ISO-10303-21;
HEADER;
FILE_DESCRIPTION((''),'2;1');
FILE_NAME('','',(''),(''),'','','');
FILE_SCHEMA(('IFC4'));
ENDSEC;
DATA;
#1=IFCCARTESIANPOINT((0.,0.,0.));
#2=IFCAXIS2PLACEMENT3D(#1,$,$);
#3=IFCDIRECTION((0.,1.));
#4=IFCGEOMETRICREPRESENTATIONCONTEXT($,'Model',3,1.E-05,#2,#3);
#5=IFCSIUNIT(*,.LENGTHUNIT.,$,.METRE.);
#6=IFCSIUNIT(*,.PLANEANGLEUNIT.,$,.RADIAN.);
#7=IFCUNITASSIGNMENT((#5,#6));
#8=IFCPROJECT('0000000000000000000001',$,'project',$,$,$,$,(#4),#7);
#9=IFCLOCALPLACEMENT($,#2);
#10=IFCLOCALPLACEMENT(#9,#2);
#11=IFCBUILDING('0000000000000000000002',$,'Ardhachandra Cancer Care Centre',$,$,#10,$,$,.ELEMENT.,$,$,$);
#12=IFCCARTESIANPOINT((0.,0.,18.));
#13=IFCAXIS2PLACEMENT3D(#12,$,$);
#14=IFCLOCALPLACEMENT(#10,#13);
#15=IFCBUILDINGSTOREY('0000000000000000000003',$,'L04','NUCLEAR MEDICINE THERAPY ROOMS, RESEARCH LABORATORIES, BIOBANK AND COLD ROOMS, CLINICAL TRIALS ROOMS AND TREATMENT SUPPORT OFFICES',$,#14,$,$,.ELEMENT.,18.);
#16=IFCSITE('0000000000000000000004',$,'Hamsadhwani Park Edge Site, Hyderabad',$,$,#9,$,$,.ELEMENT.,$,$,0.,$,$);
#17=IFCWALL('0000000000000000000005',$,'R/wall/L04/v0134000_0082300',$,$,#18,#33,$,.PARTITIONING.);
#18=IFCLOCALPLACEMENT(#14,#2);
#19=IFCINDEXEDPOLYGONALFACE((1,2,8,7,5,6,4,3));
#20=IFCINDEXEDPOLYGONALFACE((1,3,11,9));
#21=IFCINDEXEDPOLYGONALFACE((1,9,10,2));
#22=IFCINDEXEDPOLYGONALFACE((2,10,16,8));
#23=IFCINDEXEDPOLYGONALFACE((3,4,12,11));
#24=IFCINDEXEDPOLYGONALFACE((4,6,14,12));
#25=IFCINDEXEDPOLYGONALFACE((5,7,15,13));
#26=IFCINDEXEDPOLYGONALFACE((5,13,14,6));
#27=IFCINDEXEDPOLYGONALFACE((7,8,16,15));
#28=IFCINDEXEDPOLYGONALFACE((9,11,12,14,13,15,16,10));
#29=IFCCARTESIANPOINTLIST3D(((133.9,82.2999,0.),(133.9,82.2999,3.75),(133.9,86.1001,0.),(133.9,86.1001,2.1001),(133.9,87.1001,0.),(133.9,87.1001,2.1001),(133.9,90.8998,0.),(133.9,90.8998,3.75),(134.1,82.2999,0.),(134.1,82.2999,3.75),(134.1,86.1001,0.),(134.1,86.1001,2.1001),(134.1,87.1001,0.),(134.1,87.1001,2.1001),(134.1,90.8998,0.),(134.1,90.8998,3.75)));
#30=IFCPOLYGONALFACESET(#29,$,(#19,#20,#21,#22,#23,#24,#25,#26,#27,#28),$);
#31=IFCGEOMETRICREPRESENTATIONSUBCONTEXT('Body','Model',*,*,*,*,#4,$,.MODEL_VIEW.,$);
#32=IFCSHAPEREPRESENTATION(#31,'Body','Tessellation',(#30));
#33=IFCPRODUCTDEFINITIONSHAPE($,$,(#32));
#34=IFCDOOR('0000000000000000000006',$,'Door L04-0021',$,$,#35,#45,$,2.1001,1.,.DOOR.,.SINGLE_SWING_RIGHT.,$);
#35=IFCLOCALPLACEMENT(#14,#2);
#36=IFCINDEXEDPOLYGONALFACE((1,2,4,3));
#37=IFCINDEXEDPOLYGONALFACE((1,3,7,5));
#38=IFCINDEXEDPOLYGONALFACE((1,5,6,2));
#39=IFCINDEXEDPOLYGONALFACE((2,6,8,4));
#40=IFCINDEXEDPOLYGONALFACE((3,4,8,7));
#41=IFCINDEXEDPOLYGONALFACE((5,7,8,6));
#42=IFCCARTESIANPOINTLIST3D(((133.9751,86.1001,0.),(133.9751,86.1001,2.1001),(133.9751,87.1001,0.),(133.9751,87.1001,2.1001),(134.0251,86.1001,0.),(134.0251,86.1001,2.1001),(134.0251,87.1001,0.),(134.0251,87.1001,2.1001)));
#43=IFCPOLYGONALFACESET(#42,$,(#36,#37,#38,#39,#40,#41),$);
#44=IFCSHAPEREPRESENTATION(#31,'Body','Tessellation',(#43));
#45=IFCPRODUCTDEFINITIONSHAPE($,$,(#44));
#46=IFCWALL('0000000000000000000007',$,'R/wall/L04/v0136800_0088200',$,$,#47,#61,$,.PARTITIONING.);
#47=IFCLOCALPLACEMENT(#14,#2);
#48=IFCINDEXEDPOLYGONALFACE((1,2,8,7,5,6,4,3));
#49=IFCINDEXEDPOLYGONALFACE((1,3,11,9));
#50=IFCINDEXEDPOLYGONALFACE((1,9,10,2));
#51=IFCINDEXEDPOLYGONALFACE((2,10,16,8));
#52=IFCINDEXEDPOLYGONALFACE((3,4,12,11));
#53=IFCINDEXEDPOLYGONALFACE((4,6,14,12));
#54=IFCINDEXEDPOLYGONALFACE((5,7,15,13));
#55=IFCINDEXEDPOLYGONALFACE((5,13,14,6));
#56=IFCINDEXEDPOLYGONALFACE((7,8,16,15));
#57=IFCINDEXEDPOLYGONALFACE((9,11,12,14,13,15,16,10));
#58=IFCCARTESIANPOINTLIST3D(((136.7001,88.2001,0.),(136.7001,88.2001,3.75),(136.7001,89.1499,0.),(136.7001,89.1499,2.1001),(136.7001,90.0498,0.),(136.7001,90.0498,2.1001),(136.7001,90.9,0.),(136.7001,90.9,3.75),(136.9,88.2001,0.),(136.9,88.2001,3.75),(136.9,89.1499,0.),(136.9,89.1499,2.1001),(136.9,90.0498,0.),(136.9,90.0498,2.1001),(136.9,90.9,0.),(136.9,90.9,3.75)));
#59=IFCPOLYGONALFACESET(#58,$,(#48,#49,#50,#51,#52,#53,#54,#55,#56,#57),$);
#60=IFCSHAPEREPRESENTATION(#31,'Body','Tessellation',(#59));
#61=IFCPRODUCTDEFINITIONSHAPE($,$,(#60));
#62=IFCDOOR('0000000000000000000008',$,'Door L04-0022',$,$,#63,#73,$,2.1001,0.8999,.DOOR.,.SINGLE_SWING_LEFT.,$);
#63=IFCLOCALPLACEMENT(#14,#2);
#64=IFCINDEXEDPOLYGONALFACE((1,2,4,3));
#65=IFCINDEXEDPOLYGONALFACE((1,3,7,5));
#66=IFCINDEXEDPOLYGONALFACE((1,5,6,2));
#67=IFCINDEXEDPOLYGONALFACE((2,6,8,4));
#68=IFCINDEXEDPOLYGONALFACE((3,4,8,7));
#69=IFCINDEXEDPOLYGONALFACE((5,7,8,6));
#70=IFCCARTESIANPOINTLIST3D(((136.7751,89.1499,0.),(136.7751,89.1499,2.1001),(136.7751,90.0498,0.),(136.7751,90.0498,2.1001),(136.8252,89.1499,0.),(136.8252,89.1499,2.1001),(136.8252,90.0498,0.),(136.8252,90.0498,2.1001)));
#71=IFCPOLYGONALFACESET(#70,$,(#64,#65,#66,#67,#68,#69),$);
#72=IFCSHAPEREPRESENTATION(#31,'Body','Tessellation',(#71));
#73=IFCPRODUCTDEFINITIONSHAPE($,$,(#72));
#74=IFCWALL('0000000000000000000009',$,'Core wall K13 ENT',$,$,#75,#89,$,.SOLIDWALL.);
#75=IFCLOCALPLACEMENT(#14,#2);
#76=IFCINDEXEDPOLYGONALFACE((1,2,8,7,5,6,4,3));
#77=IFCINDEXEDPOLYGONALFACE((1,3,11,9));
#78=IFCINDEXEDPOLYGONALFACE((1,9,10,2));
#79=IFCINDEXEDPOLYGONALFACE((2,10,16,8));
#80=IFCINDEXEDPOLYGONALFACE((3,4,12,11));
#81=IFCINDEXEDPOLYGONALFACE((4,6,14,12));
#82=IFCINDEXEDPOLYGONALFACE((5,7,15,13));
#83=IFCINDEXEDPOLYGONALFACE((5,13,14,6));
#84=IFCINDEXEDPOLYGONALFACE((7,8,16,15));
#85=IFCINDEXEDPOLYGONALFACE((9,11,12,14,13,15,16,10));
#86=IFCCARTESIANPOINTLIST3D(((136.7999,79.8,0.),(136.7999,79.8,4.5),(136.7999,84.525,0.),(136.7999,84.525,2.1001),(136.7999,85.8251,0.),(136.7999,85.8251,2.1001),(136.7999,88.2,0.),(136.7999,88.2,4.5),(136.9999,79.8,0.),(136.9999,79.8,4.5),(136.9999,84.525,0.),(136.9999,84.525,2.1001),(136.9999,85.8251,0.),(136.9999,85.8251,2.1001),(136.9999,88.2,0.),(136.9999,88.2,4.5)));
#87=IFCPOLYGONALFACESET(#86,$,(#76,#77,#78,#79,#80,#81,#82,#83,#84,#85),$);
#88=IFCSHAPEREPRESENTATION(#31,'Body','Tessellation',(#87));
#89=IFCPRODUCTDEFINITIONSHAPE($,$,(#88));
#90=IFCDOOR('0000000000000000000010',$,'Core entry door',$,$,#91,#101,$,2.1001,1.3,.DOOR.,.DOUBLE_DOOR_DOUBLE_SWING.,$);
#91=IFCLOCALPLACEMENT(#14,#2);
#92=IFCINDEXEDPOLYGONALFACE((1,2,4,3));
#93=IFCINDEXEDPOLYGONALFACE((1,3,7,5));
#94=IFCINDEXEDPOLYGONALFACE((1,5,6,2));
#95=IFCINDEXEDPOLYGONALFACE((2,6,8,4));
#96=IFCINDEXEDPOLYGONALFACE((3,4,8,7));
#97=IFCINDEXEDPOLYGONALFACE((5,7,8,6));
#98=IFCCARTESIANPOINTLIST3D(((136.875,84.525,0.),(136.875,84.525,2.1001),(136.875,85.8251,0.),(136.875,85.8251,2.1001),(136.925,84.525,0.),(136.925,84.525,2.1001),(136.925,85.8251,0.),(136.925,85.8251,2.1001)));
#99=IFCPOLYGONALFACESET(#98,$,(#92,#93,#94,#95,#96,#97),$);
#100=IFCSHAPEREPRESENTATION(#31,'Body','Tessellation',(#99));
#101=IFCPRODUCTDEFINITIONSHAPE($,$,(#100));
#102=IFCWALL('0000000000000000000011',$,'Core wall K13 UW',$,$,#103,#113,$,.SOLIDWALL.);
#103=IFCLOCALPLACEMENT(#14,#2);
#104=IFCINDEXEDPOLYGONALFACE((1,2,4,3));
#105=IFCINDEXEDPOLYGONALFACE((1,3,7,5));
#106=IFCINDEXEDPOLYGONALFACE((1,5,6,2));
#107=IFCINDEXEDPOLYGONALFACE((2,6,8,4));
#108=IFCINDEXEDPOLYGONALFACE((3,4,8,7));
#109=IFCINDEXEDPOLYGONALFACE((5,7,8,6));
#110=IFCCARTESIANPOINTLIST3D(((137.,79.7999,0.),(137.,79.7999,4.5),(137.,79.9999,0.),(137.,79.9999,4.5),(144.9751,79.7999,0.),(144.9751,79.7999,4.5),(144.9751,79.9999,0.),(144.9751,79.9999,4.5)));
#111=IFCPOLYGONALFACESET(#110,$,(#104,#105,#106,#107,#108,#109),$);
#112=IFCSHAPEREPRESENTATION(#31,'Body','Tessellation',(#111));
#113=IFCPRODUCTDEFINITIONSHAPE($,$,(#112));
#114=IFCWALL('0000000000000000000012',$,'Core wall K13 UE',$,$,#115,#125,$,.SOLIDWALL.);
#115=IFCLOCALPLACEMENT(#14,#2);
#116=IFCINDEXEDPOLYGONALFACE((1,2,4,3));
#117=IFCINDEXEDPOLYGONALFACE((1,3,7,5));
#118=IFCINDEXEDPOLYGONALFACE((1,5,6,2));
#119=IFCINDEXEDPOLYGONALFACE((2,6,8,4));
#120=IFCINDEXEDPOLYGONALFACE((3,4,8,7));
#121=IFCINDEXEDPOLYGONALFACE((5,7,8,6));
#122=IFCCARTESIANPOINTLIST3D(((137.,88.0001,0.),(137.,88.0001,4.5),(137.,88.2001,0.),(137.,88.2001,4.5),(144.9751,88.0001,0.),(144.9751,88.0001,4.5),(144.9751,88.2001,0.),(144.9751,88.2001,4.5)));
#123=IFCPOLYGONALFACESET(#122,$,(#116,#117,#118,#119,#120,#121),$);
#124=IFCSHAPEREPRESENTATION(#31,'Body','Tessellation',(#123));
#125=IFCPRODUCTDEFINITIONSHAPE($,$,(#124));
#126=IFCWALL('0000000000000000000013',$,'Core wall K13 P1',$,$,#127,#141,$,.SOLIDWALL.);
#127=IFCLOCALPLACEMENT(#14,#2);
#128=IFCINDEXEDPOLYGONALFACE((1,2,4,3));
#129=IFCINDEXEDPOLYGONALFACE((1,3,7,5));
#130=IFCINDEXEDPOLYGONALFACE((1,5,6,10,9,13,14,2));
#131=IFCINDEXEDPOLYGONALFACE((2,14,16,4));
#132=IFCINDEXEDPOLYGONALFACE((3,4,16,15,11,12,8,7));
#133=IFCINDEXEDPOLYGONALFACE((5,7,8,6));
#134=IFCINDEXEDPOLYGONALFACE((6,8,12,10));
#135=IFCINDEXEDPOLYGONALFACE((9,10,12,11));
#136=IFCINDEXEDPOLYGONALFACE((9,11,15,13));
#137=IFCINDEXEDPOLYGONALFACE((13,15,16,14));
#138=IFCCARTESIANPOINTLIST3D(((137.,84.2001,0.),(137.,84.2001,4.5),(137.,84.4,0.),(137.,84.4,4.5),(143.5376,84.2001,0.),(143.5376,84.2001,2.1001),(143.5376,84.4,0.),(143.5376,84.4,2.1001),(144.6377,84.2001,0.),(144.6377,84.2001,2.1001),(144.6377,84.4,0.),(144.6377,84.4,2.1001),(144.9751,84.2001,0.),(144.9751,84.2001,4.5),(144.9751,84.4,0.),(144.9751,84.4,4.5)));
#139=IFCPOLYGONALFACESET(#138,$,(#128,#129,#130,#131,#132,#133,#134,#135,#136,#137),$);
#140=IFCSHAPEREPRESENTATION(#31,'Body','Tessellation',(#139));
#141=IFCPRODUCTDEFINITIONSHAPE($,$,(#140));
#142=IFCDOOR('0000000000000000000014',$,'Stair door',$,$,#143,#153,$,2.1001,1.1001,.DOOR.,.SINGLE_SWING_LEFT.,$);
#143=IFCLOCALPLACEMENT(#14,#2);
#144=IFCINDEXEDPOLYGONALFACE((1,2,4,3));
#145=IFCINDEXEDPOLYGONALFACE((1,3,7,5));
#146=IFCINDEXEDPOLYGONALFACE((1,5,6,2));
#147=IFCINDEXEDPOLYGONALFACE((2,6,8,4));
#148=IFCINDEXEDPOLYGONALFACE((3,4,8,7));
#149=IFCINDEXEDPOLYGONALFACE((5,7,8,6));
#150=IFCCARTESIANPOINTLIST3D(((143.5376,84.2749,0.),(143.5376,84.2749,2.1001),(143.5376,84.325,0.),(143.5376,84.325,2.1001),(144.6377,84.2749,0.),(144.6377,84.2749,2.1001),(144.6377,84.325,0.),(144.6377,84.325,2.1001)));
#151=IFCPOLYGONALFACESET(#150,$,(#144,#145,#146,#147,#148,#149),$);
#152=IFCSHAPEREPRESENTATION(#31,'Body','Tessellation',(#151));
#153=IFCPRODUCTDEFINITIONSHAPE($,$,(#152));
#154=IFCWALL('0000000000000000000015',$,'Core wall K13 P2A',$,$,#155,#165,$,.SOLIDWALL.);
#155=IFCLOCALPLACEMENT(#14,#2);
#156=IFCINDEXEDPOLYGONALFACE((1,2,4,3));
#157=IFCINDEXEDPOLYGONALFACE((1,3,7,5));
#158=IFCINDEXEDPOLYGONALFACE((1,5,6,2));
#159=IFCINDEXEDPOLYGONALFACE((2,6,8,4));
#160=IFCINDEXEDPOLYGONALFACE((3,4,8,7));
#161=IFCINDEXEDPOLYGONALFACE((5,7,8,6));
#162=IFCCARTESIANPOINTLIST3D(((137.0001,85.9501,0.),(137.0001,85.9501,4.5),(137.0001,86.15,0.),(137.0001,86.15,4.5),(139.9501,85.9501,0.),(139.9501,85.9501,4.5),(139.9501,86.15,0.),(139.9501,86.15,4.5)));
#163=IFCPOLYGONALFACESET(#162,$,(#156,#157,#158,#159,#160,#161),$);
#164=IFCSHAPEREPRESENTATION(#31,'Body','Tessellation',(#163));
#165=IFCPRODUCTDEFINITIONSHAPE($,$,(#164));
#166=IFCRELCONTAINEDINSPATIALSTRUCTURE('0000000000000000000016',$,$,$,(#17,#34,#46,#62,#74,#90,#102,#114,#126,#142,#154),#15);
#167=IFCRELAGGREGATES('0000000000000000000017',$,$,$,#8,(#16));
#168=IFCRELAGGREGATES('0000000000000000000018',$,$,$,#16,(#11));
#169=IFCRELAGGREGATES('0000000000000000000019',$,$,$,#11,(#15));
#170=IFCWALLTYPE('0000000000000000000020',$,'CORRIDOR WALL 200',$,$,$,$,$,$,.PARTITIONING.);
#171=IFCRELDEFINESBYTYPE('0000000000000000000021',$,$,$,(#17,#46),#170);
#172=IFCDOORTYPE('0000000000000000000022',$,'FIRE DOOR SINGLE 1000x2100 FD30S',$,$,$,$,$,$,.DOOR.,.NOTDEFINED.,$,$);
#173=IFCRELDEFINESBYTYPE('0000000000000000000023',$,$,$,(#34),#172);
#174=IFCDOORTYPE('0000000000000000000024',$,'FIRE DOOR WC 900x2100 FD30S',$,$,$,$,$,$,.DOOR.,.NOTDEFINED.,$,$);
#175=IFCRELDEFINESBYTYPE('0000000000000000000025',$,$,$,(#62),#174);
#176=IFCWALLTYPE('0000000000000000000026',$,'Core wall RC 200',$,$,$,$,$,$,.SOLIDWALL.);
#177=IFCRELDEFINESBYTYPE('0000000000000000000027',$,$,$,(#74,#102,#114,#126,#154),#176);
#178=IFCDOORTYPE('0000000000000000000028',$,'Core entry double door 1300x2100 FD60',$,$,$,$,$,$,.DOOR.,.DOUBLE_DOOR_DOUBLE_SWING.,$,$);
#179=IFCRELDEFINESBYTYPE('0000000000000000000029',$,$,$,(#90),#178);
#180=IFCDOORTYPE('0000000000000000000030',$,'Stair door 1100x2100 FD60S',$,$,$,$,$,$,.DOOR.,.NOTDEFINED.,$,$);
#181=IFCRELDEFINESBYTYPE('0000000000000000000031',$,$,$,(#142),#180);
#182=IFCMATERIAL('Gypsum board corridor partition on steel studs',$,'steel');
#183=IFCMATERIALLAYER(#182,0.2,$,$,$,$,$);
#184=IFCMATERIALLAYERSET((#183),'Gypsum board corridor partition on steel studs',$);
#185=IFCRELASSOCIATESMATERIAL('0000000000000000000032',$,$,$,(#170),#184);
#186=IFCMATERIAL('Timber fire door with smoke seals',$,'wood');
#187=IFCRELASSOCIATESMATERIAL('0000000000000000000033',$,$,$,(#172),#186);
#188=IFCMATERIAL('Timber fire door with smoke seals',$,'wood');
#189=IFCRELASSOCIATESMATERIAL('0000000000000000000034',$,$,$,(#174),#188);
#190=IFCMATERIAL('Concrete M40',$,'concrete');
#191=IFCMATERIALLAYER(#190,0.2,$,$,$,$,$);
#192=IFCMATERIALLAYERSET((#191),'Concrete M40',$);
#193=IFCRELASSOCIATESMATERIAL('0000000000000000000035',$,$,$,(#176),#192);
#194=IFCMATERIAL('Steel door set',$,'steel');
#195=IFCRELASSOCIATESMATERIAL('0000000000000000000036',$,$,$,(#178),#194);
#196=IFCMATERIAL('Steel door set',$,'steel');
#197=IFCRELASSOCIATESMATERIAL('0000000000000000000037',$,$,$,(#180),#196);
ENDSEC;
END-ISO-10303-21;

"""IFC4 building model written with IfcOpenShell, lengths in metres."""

from ifc_helpers import new_model, si_unit, direction, frame, frame_2d, origin, place, context, subcontext, project, spatial, rectangle, extrude, material, layer, layer_set, type_object, element, fill, save


model = new_model("IFC4")

# Units and contexts
model_context = context("Model", 3, precision=1e-05, world=origin(), true_north=direction((0.0, 1.0)))
body_context = subcontext(model_context, "Body", "Model", "MODEL_VIEW")
ifc_project = project(units=[si_unit("LENGTHUNIT", "METRE"), si_unit("PLANEANGLEUNIT", "RADIAN")], contexts=[model_context])

# Site, building, storey
site_placement = place(None, origin())
site = spatial("IfcSite", under=ifc_project, at=site_placement, Name="Hamsadhwani Park Edge Site, Hyderabad", CompositionType="ELEMENT", RefElevation=0.0)
building_placement = place(site_placement, origin())
building = spatial("IfcBuilding", under=site, at=building_placement, Name="Ardhachandra Cancer Care Centre", CompositionType="ELEMENT")
storey_placement = place(building_placement, frame((0.0, 0.0, 18.0)))
storey = spatial("IfcBuildingStorey", under=building, at=storey_placement, Name="L04", Description="NUCLEAR MEDICINE THERAPY ROOMS, RESEARCH LABORATORIES, BIOBANK AND COLD ROOMS, CLINICAL TRIALS ROOMS AND TREATMENT SUPPORT OFFICES", CompositionType="ELEMENT", Elevation=18.0)

# Walls, openings, doors
ifc_material_1 = material(Name="Gypsum board corridor partition on steel studs", Category="steel")
ifc_layer_1 = layer(ifc_material_1, 0.2)
ifc_layer_set_1 = layer_set([ifc_layer_1], Name="Gypsum board corridor partition on steel studs")
wall_type_1 = type_object("IfcWallType", Name="CORRIDOR WALL 200", PredefinedType="PARTITIONING", material=ifc_layer_set_1)
wall_1_placement = place(storey_placement, frame((134.0, 82.3, 0.0), z_axis=(0.0, 0.0, 1.0), x_axis=(0.0, 1.0, 0.0)))
wall_1 = element("IfcWall", 1, at=wall_1_placement, inside=storey, type_object=wall_type_1, Name="R/wall/L04/v0134000_0082300", PredefinedType="PARTITIONING", context=body_context, shape_type="SweptSolid", body=[
    extrude(rectangle(XDim=8.5999, YDim=0.2, at=frame_2d((4.2998, 0.0))), origin(), (0.0, 0.0, 1.0), 3.75),
])
opening_1_placement = place(wall_1_placement, frame((3.8, 0.0, 0.0)))
opening_1 = element("IfcOpeningElement", 2, at=opening_1_placement, cuts=wall_1, PredefinedType="OPENING", context=body_context, shape_type="SweptSolid", body=[
    extrude(rectangle(XDim=1.0, YDim=2.1001, at=frame_2d((0.5, 1.05))), frame((0.0, 0.1099, 0.0), z_axis=(0.0, -1.0, 0.0), x_axis=(1.0, 0.0, 0.0)), (0.0, 0.0, 1.0), 0.22),
])
ifc_material_2 = material(Name="Timber fire door with smoke seals", Category="wood")
door_type_1 = type_object("IfcDoorType", Name="FIRE DOOR SINGLE 1000x2100 FD30S", OperationType="NOTDEFINED", PredefinedType="DOOR", material=ifc_material_2)
door_1_placement = place(opening_1_placement, origin())
door_1 = element("IfcDoor", 3, at=door_1_placement, inside=storey, type_object=door_type_1, Name="Door L04-0021", OperationType="SINGLE_SWING_RIGHT", OverallHeight=2.1001, OverallWidth=1.0, PredefinedType="DOOR", context=body_context, shape_type="SweptSolid", body=[
    extrude(rectangle(XDim=1.0, YDim=2.1001, at=frame_2d((0.5, 1.05))), frame((0.0, 0.0249, 0.0), z_axis=(0.0, -1.0, 0.0), x_axis=(1.0, 0.0, 0.0)), (0.0, 0.0, 1.0), 0.05),
])
fill(opening_1, door_1)
wall_2_placement = place(storey_placement, frame((136.8, 88.2, 0.0), z_axis=(0.0, 0.0, 1.0), x_axis=(0.0, 1.0, 0.0)))
wall_2 = element("IfcWall", 4, at=wall_2_placement, inside=storey, type_object=wall_type_1, Name="R/wall/L04/v0136800_0088200", PredefinedType="PARTITIONING", context=body_context, shape_type="SweptSolid", body=[
    extrude(rectangle(XDim=2.7, YDim=0.2, at=frame_2d((1.3501, 0.0))), origin(), (0.0, 0.0, 1.0), 3.75),
])
opening_2_placement = place(wall_2_placement, frame((0.95, 0.0, 0.0)))
opening_2 = element("IfcOpeningElement", 5, at=opening_2_placement, cuts=wall_2, PredefinedType="OPENING", context=body_context, shape_type="SweptSolid", body=[
    extrude(rectangle(XDim=0.8999, YDim=2.1001, at=frame_2d((0.45, 1.05))), frame((0.0, 0.1099, 0.0), z_axis=(0.0, -1.0, 0.0), x_axis=(1.0, 0.0, 0.0)), (0.0, 0.0, 1.0), 0.22),
])
ifc_material_3 = material(Name="Timber fire door with smoke seals", Category="wood")
door_type_2 = type_object("IfcDoorType", Name="FIRE DOOR WC 900x2100 FD30S", OperationType="NOTDEFINED", PredefinedType="DOOR", material=ifc_material_3)
door_2_placement = place(opening_2_placement, origin())
door_2 = element("IfcDoor", 6, at=door_2_placement, inside=storey, type_object=door_type_2, Name="Door L04-0022", OperationType="SINGLE_SWING_LEFT", OverallHeight=2.1001, OverallWidth=0.8999, PredefinedType="DOOR", context=body_context, shape_type="SweptSolid", body=[
    extrude(rectangle(XDim=0.8999, YDim=2.1001, at=frame_2d((0.45, 1.05))), frame((0.0, 0.0249, 0.0), z_axis=(0.0, -1.0, 0.0), x_axis=(1.0, 0.0, 0.0)), (0.0, 0.0, 1.0), 0.05),
])
fill(opening_2, door_2)
ifc_material_4 = material(Name="Concrete M40", Category="concrete")
ifc_layer_2 = layer(ifc_material_4, 0.2)
ifc_layer_set_2 = layer_set([ifc_layer_2], Name="Concrete M40")
wall_type_2 = type_object("IfcWallType", Name="Core wall RC 200", PredefinedType="SOLIDWALL", material=ifc_layer_set_2)
wall_3_placement = place(storey_placement, frame((136.8999, 79.8, 0.0), z_axis=(0.0, 0.0, 1.0), x_axis=(0.0, 1.0, 0.0)))
wall_3 = element("IfcWall", 7, at=wall_3_placement, inside=storey, type_object=wall_type_2, Name="Core wall K13 ENT", PredefinedType="SOLIDWALL", context=body_context, shape_type="SweptSolid", body=[
    extrude(rectangle(XDim=8.3999, YDim=0.2, at=frame_2d((4.2, 0.0))), origin(), (0.0, 0.0, 1.0), 4.5),
])
opening_3_placement = place(wall_3_placement, frame((4.7251, 0.0, 0.0)))
opening_3 = element("IfcOpeningElement", 8, at=opening_3_placement, cuts=wall_3, PredefinedType="OPENING", context=body_context, shape_type="SweptSolid", body=[
    extrude(rectangle(XDim=1.3, YDim=2.1001, at=frame_2d((0.6499, 1.05))), frame((0.0, 0.1099, 0.0), z_axis=(0.0, -1.0, 0.0), x_axis=(1.0, 0.0, 0.0)), (0.0, 0.0, 1.0), 0.22),
])
ifc_material_5 = material(Name="Steel door set", Category="steel")
door_type_3 = type_object("IfcDoorType", Name="Core entry double door 1300x2100 FD60", OperationType="DOUBLE_DOOR_DOUBLE_SWING", PredefinedType="DOOR", material=ifc_material_5)
door_3_placement = place(opening_3_placement, origin())
door_3 = element("IfcDoor", 9, at=door_3_placement, inside=storey, type_object=door_type_3, Name="Core entry door", OperationType="DOUBLE_DOOR_DOUBLE_SWING", OverallHeight=2.1001, OverallWidth=1.3, PredefinedType="DOOR", context=body_context, shape_type="SweptSolid", body=[
    extrude(rectangle(XDim=1.3, YDim=2.1001, at=frame_2d((0.6499, 1.05))), frame((0.0, 0.0249, 0.0), z_axis=(0.0, -1.0, 0.0), x_axis=(1.0, 0.0, 0.0)), (0.0, 0.0, 1.0), 0.05),
])
fill(opening_3, door_3)

# Walls
for number, where, z_axis, x_axis, name in (
    (10, (137.0, 79.8999, 0.0), (0.0, 0.0, 1.0), (1.0, 0.0, 0.0), "Core wall K13 UW"),
    (11, (137.0, 88.1001, 0.0), (0.0, 0.0, 1.0), (1.0, 0.0, 0.0), "Core wall K13 UE"),
):
    element("IfcWall", number, at=place(storey_placement, frame(where, z_axis=z_axis, x_axis=x_axis)), inside=storey, type_object=wall_type_2, Name=name, PredefinedType="SOLIDWALL", context=body_context, shape_type="SweptSolid", body=[
        extrude(rectangle(XDim=7.9751, YDim=0.2, at=frame_2d((3.9875, 0.0))), origin(), (0.0, 0.0, 1.0), 4.5),
    ])

# Wall, opening, door
wall_4_placement = place(storey_placement, frame((137.0, 84.3, 0.0), z_axis=(0.0, 0.0, 1.0), x_axis=(1.0, 0.0, 0.0)))
wall_4 = element("IfcWall", 12, at=wall_4_placement, inside=storey, type_object=wall_type_2, Name="Core wall K13 P1", PredefinedType="SOLIDWALL", context=body_context, shape_type="SweptSolid", body=[
    extrude(rectangle(XDim=7.9751, YDim=0.2, at=frame_2d((3.9875, 0.0))), origin(), (0.0, 0.0, 1.0), 4.5),
])
opening_4_placement = place(wall_4_placement, frame((6.5376, 0.0, 0.0)))
opening_4 = element("IfcOpeningElement", 13, at=opening_4_placement, cuts=wall_4, PredefinedType="OPENING", context=body_context, shape_type="SweptSolid", body=[
    extrude(rectangle(XDim=1.1001, YDim=2.1001, at=frame_2d((0.55, 1.05))), frame((0.0, 0.1099, 0.0), z_axis=(0.0, -1.0, 0.0), x_axis=(1.0, 0.0, 0.0)), (0.0, 0.0, 1.0), 0.22),
])
ifc_material_6 = material(Name="Steel door set", Category="steel")
door_type_4 = type_object("IfcDoorType", Name="Stair door 1100x2100 FD60S", OperationType="NOTDEFINED", PredefinedType="DOOR", material=ifc_material_6)
door_4_placement = place(opening_4_placement, origin())
door_4 = element("IfcDoor", 14, at=door_4_placement, inside=storey, type_object=door_type_4, Name="Stair door", OperationType="SINGLE_SWING_LEFT", OverallHeight=2.1001, OverallWidth=1.1001, PredefinedType="DOOR", context=body_context, shape_type="SweptSolid", body=[
    extrude(rectangle(XDim=1.1001, YDim=2.1001, at=frame_2d((0.55, 1.05))), frame((0.0, 0.0249, 0.0), z_axis=(0.0, -1.0, 0.0), x_axis=(1.0, 0.0, 0.0)), (0.0, 0.0, 1.0), 0.05),
])
fill(opening_4, door_4)

# Wall
wall_5_placement = place(storey_placement, frame((137.0, 86.05, 0.0), z_axis=(0.0, 0.0, 1.0), x_axis=(1.0, 0.0, 0.0)))
element("IfcWall", 15, at=wall_5_placement, inside=storey, type_object=wall_type_2, Name="Core wall K13 P2A", PredefinedType="SOLIDWALL", context=body_context, shape_type="SweptSolid", body=[
    extrude(rectangle(XDim=2.95, YDim=0.2, at=frame_2d((1.4751, 0.0))), origin(), (0.0, 0.0, 1.0), 4.5),
])

save(model, "model.ifc")
